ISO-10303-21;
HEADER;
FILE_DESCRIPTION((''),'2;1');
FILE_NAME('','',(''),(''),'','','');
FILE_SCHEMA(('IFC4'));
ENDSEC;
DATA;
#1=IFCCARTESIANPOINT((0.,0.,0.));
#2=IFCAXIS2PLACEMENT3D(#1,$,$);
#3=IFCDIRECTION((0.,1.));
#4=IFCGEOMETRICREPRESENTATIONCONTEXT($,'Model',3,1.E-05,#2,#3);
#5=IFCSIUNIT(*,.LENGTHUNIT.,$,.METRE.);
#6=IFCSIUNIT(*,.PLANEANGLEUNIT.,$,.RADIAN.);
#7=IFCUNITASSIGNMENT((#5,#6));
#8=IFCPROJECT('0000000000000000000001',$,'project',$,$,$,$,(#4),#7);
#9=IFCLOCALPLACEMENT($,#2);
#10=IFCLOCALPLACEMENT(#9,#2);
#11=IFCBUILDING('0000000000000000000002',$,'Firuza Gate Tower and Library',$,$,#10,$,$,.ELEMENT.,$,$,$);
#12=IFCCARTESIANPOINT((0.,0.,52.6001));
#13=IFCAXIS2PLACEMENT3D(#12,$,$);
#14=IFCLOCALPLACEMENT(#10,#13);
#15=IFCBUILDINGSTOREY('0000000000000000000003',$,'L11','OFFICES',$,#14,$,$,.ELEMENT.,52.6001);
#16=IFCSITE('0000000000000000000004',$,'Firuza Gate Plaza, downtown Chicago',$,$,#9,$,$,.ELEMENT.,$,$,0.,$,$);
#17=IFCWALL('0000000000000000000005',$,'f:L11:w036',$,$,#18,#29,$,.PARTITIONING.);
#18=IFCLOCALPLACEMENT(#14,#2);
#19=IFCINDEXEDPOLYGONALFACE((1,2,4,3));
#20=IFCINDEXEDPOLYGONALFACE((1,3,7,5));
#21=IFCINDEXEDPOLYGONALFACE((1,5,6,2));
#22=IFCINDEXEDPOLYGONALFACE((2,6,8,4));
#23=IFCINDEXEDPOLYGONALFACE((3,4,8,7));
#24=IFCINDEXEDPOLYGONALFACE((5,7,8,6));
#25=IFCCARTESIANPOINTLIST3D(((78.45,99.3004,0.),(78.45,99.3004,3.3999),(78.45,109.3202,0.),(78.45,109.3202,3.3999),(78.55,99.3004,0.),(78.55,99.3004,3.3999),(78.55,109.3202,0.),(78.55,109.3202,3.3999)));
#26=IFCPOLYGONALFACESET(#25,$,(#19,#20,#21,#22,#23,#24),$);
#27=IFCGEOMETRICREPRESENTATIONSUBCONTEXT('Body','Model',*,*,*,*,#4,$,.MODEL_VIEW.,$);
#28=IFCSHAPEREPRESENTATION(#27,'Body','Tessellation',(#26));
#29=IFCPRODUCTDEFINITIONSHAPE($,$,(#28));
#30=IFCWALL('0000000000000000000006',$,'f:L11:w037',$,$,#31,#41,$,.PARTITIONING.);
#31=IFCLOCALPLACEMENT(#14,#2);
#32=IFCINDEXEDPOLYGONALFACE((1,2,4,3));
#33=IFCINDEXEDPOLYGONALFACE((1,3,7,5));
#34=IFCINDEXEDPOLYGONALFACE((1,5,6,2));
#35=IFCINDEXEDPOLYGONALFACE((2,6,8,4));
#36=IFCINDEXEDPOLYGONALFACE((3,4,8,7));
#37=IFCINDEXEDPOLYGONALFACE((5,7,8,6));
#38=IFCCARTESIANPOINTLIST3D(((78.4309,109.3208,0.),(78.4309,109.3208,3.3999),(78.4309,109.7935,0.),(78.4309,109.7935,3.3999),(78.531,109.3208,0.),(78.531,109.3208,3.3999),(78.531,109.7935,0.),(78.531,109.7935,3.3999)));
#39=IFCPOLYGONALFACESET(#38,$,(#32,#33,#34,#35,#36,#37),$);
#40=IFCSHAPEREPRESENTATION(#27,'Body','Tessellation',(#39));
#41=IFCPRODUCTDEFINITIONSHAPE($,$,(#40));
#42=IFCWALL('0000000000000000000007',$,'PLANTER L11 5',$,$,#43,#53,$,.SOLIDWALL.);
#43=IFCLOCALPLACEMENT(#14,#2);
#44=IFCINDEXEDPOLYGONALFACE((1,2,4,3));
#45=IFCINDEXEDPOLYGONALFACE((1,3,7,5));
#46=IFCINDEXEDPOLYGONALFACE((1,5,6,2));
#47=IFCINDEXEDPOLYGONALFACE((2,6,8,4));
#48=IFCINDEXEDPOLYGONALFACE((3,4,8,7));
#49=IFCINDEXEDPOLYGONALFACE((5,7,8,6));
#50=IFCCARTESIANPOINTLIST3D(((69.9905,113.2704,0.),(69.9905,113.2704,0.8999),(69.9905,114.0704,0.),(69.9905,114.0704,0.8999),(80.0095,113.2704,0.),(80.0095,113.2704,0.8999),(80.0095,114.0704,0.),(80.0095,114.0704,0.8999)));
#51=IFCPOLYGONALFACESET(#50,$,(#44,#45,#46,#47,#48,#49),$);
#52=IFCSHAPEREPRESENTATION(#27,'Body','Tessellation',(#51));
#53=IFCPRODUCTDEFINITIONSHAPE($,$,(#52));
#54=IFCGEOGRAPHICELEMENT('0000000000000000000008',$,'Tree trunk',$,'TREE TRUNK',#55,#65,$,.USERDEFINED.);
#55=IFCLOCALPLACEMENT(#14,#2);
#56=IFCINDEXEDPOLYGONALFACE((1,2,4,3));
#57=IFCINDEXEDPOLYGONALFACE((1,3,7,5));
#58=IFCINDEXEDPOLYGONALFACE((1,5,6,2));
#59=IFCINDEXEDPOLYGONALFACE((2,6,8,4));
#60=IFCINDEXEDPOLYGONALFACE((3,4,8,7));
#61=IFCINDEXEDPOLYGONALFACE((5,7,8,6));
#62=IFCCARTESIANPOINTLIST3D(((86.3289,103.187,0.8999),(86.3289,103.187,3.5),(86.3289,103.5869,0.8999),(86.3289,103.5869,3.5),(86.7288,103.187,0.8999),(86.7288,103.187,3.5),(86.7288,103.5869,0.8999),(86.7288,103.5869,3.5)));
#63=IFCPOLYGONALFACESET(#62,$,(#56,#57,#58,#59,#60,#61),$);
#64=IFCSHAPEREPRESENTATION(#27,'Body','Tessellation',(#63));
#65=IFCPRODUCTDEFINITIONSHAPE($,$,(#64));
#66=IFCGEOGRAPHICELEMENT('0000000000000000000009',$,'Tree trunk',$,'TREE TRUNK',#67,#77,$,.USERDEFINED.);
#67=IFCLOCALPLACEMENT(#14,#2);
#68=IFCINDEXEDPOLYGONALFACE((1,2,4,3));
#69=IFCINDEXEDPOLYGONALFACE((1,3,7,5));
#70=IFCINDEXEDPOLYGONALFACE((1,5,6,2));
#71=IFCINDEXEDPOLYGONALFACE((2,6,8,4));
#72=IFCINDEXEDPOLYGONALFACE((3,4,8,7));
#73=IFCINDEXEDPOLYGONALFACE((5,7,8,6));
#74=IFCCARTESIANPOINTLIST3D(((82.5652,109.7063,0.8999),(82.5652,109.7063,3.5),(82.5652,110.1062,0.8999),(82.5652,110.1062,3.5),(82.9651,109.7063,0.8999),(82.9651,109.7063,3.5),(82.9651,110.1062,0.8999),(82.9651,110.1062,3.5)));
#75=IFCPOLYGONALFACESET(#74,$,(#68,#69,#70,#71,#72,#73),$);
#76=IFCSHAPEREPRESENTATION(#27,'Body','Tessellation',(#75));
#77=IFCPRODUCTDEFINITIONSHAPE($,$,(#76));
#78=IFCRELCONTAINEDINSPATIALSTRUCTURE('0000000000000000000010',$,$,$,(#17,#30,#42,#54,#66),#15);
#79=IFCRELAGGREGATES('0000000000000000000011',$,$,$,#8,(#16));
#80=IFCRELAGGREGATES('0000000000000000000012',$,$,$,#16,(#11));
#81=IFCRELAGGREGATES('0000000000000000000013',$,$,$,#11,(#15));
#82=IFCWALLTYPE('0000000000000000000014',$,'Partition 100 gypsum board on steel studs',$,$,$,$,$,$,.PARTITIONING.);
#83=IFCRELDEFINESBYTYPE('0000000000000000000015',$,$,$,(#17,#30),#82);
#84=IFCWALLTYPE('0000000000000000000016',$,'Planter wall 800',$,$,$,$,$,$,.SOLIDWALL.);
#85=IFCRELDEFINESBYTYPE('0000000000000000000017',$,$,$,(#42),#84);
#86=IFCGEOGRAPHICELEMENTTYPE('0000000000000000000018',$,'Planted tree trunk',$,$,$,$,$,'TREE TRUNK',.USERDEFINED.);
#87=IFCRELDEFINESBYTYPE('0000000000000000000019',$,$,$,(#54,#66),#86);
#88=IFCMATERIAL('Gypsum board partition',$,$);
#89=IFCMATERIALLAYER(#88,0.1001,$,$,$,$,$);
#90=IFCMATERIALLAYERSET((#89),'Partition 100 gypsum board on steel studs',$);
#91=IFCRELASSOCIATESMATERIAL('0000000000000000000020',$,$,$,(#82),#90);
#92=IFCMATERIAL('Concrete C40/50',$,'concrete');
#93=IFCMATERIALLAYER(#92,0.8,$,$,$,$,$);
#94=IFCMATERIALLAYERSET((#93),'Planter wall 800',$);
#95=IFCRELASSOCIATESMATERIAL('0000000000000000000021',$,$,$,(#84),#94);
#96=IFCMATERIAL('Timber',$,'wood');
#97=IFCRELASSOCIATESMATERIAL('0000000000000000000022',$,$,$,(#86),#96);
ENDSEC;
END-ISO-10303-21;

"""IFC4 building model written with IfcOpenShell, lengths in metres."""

from ifc_helpers import new_model, si_unit, direction, frame, frame_2d, origin, origin_2d, place, context, subcontext, project, spatial, rectangle, extrude, material, layer, layer_set, type_object, element, save


model = new_model("IFC4")

# Units and contexts
model_context = context("Model", 3, precision=1e-05, world=origin(), true_north=direction((0.0, 1.0)))
body_context = subcontext(model_context, "Body", "Model", "MODEL_VIEW")
ifc_project = project(units=[si_unit("LENGTHUNIT", "METRE"), si_unit("PLANEANGLEUNIT", "RADIAN")], contexts=[model_context])

# Site, building, storey
site_placement = place(None, origin())
site = spatial("IfcSite", under=ifc_project, at=site_placement, Name="Firuza Gate Plaza, downtown Chicago", CompositionType="ELEMENT", RefElevation=0.0)
building_placement = place(site_placement, origin())
building = spatial("IfcBuilding", under=site, at=building_placement, Name="Firuza Gate Tower and Library", CompositionType="ELEMENT")
storey_placement = place(building_placement, frame((0.0, 0.0, 52.6001)))
storey = spatial("IfcBuildingStorey", under=building, at=storey_placement, Name="L11", Description="OFFICES", CompositionType="ELEMENT", Elevation=52.6001)

# Walls
ifc_material_1 = material(Name="Gypsum board partition")
ifc_layer_1 = layer(ifc_material_1, 0.1001)
ifc_layer_set_1 = layer_set([ifc_layer_1], Name="Partition 100 gypsum board on steel studs")
wall_type_1 = type_object("IfcWallType", Name="Partition 100 gypsum board on steel studs", PredefinedType="PARTITIONING", material=ifc_layer_set_1)
wall_1_placement = place(storey_placement, frame((78.5, 99.3005, 0.0), z_axis=(0.0, 0.0, 1.0), x_axis=(0.0, 1.0, 0.0)))
element("IfcWall", 1, at=wall_1_placement, inside=storey, type_object=wall_type_1, Name="f:L11:w036", PredefinedType="PARTITIONING", context=body_context, shape_type="SweptSolid", body=[
    extrude(rectangle(XDim=10.0198, YDim=0.1001, at=frame_2d((5.0098, 0.0))), origin(), (0.0, 0.0, 1.0), 3.3999),
])
wall_2_placement = place(storey_placement, frame((78.481, 109.3208, 0.0), z_axis=(0.0, 0.0, 1.0), x_axis=(0.0, 1.0, 0.0)))
element("IfcWall", 2, at=wall_2_placement, inside=storey, type_object=wall_type_1, Name="f:L11:w037", PredefinedType="PARTITIONING", context=body_context, shape_type="SweptSolid", body=[
    extrude(rectangle(XDim=0.4727, YDim=0.1001, at=frame_2d((0.2363, 0.0))), origin(), (0.0, 0.0, 1.0), 3.3999),
])
ifc_material_2 = material(Name="Concrete C40/50", Category="concrete")
ifc_layer_2 = layer(ifc_material_2, 0.8)
ifc_layer_set_2 = layer_set([ifc_layer_2], Name="Planter wall 800")
wall_type_2 = type_object("IfcWallType", Name="Planter wall 800", PredefinedType="SOLIDWALL", material=ifc_layer_set_2)
wall_3_placement = place(storey_placement, frame((80.0095, 113.6704, 0.0), z_axis=(0.0, 0.0, 1.0), x_axis=(-1.0, 0.0, 0.0)))
element("IfcWall", 3, at=wall_3_placement, inside=storey, type_object=wall_type_2, Name="PLANTER L11 5", PredefinedType="SOLIDWALL", context=body_context, shape_type="SweptSolid", body=[
    extrude(rectangle(XDim=10.019, YDim=0.8, at=frame_2d((5.0095, 0.0))), origin(), (0.0, 0.0, 1.0), 0.8999),
])

# Geographic elements
ifc_material_3 = material(Name="Timber", Category="wood")
geographic_element_type = type_object("IfcGeographicElementType", Name="Planted tree trunk", ElementType="TREE TRUNK", PredefinedType="USERDEFINED", material=ifc_material_3)
for number, where, z_axis, x_axis, name in (
    (4, (86.5288, 103.387, 0.8999), (0.0, 0.0, 1.0), (1.0, 0.0, 0.0), "Tree trunk"),
    (5, (82.7651, 109.9062, 0.8999), (0.0, 0.0, 1.0), (1.0, 0.0, 0.0), "Tree trunk"),
):
    element("IfcGeographicElement", number, at=place(storey_placement, frame(where, z_axis=z_axis, x_axis=x_axis)), inside=storey, type_object=geographic_element_type, Name=name, ObjectType="TREE TRUNK", PredefinedType="USERDEFINED", context=body_context, shape_type="SweptSolid", body=[
        extrude(rectangle(XDim=0.3999, YDim=0.3999, at=origin_2d()), origin(), (0.0, 0.0, 1.0), 2.6001),
    ])

save(model, "model.ifc")
